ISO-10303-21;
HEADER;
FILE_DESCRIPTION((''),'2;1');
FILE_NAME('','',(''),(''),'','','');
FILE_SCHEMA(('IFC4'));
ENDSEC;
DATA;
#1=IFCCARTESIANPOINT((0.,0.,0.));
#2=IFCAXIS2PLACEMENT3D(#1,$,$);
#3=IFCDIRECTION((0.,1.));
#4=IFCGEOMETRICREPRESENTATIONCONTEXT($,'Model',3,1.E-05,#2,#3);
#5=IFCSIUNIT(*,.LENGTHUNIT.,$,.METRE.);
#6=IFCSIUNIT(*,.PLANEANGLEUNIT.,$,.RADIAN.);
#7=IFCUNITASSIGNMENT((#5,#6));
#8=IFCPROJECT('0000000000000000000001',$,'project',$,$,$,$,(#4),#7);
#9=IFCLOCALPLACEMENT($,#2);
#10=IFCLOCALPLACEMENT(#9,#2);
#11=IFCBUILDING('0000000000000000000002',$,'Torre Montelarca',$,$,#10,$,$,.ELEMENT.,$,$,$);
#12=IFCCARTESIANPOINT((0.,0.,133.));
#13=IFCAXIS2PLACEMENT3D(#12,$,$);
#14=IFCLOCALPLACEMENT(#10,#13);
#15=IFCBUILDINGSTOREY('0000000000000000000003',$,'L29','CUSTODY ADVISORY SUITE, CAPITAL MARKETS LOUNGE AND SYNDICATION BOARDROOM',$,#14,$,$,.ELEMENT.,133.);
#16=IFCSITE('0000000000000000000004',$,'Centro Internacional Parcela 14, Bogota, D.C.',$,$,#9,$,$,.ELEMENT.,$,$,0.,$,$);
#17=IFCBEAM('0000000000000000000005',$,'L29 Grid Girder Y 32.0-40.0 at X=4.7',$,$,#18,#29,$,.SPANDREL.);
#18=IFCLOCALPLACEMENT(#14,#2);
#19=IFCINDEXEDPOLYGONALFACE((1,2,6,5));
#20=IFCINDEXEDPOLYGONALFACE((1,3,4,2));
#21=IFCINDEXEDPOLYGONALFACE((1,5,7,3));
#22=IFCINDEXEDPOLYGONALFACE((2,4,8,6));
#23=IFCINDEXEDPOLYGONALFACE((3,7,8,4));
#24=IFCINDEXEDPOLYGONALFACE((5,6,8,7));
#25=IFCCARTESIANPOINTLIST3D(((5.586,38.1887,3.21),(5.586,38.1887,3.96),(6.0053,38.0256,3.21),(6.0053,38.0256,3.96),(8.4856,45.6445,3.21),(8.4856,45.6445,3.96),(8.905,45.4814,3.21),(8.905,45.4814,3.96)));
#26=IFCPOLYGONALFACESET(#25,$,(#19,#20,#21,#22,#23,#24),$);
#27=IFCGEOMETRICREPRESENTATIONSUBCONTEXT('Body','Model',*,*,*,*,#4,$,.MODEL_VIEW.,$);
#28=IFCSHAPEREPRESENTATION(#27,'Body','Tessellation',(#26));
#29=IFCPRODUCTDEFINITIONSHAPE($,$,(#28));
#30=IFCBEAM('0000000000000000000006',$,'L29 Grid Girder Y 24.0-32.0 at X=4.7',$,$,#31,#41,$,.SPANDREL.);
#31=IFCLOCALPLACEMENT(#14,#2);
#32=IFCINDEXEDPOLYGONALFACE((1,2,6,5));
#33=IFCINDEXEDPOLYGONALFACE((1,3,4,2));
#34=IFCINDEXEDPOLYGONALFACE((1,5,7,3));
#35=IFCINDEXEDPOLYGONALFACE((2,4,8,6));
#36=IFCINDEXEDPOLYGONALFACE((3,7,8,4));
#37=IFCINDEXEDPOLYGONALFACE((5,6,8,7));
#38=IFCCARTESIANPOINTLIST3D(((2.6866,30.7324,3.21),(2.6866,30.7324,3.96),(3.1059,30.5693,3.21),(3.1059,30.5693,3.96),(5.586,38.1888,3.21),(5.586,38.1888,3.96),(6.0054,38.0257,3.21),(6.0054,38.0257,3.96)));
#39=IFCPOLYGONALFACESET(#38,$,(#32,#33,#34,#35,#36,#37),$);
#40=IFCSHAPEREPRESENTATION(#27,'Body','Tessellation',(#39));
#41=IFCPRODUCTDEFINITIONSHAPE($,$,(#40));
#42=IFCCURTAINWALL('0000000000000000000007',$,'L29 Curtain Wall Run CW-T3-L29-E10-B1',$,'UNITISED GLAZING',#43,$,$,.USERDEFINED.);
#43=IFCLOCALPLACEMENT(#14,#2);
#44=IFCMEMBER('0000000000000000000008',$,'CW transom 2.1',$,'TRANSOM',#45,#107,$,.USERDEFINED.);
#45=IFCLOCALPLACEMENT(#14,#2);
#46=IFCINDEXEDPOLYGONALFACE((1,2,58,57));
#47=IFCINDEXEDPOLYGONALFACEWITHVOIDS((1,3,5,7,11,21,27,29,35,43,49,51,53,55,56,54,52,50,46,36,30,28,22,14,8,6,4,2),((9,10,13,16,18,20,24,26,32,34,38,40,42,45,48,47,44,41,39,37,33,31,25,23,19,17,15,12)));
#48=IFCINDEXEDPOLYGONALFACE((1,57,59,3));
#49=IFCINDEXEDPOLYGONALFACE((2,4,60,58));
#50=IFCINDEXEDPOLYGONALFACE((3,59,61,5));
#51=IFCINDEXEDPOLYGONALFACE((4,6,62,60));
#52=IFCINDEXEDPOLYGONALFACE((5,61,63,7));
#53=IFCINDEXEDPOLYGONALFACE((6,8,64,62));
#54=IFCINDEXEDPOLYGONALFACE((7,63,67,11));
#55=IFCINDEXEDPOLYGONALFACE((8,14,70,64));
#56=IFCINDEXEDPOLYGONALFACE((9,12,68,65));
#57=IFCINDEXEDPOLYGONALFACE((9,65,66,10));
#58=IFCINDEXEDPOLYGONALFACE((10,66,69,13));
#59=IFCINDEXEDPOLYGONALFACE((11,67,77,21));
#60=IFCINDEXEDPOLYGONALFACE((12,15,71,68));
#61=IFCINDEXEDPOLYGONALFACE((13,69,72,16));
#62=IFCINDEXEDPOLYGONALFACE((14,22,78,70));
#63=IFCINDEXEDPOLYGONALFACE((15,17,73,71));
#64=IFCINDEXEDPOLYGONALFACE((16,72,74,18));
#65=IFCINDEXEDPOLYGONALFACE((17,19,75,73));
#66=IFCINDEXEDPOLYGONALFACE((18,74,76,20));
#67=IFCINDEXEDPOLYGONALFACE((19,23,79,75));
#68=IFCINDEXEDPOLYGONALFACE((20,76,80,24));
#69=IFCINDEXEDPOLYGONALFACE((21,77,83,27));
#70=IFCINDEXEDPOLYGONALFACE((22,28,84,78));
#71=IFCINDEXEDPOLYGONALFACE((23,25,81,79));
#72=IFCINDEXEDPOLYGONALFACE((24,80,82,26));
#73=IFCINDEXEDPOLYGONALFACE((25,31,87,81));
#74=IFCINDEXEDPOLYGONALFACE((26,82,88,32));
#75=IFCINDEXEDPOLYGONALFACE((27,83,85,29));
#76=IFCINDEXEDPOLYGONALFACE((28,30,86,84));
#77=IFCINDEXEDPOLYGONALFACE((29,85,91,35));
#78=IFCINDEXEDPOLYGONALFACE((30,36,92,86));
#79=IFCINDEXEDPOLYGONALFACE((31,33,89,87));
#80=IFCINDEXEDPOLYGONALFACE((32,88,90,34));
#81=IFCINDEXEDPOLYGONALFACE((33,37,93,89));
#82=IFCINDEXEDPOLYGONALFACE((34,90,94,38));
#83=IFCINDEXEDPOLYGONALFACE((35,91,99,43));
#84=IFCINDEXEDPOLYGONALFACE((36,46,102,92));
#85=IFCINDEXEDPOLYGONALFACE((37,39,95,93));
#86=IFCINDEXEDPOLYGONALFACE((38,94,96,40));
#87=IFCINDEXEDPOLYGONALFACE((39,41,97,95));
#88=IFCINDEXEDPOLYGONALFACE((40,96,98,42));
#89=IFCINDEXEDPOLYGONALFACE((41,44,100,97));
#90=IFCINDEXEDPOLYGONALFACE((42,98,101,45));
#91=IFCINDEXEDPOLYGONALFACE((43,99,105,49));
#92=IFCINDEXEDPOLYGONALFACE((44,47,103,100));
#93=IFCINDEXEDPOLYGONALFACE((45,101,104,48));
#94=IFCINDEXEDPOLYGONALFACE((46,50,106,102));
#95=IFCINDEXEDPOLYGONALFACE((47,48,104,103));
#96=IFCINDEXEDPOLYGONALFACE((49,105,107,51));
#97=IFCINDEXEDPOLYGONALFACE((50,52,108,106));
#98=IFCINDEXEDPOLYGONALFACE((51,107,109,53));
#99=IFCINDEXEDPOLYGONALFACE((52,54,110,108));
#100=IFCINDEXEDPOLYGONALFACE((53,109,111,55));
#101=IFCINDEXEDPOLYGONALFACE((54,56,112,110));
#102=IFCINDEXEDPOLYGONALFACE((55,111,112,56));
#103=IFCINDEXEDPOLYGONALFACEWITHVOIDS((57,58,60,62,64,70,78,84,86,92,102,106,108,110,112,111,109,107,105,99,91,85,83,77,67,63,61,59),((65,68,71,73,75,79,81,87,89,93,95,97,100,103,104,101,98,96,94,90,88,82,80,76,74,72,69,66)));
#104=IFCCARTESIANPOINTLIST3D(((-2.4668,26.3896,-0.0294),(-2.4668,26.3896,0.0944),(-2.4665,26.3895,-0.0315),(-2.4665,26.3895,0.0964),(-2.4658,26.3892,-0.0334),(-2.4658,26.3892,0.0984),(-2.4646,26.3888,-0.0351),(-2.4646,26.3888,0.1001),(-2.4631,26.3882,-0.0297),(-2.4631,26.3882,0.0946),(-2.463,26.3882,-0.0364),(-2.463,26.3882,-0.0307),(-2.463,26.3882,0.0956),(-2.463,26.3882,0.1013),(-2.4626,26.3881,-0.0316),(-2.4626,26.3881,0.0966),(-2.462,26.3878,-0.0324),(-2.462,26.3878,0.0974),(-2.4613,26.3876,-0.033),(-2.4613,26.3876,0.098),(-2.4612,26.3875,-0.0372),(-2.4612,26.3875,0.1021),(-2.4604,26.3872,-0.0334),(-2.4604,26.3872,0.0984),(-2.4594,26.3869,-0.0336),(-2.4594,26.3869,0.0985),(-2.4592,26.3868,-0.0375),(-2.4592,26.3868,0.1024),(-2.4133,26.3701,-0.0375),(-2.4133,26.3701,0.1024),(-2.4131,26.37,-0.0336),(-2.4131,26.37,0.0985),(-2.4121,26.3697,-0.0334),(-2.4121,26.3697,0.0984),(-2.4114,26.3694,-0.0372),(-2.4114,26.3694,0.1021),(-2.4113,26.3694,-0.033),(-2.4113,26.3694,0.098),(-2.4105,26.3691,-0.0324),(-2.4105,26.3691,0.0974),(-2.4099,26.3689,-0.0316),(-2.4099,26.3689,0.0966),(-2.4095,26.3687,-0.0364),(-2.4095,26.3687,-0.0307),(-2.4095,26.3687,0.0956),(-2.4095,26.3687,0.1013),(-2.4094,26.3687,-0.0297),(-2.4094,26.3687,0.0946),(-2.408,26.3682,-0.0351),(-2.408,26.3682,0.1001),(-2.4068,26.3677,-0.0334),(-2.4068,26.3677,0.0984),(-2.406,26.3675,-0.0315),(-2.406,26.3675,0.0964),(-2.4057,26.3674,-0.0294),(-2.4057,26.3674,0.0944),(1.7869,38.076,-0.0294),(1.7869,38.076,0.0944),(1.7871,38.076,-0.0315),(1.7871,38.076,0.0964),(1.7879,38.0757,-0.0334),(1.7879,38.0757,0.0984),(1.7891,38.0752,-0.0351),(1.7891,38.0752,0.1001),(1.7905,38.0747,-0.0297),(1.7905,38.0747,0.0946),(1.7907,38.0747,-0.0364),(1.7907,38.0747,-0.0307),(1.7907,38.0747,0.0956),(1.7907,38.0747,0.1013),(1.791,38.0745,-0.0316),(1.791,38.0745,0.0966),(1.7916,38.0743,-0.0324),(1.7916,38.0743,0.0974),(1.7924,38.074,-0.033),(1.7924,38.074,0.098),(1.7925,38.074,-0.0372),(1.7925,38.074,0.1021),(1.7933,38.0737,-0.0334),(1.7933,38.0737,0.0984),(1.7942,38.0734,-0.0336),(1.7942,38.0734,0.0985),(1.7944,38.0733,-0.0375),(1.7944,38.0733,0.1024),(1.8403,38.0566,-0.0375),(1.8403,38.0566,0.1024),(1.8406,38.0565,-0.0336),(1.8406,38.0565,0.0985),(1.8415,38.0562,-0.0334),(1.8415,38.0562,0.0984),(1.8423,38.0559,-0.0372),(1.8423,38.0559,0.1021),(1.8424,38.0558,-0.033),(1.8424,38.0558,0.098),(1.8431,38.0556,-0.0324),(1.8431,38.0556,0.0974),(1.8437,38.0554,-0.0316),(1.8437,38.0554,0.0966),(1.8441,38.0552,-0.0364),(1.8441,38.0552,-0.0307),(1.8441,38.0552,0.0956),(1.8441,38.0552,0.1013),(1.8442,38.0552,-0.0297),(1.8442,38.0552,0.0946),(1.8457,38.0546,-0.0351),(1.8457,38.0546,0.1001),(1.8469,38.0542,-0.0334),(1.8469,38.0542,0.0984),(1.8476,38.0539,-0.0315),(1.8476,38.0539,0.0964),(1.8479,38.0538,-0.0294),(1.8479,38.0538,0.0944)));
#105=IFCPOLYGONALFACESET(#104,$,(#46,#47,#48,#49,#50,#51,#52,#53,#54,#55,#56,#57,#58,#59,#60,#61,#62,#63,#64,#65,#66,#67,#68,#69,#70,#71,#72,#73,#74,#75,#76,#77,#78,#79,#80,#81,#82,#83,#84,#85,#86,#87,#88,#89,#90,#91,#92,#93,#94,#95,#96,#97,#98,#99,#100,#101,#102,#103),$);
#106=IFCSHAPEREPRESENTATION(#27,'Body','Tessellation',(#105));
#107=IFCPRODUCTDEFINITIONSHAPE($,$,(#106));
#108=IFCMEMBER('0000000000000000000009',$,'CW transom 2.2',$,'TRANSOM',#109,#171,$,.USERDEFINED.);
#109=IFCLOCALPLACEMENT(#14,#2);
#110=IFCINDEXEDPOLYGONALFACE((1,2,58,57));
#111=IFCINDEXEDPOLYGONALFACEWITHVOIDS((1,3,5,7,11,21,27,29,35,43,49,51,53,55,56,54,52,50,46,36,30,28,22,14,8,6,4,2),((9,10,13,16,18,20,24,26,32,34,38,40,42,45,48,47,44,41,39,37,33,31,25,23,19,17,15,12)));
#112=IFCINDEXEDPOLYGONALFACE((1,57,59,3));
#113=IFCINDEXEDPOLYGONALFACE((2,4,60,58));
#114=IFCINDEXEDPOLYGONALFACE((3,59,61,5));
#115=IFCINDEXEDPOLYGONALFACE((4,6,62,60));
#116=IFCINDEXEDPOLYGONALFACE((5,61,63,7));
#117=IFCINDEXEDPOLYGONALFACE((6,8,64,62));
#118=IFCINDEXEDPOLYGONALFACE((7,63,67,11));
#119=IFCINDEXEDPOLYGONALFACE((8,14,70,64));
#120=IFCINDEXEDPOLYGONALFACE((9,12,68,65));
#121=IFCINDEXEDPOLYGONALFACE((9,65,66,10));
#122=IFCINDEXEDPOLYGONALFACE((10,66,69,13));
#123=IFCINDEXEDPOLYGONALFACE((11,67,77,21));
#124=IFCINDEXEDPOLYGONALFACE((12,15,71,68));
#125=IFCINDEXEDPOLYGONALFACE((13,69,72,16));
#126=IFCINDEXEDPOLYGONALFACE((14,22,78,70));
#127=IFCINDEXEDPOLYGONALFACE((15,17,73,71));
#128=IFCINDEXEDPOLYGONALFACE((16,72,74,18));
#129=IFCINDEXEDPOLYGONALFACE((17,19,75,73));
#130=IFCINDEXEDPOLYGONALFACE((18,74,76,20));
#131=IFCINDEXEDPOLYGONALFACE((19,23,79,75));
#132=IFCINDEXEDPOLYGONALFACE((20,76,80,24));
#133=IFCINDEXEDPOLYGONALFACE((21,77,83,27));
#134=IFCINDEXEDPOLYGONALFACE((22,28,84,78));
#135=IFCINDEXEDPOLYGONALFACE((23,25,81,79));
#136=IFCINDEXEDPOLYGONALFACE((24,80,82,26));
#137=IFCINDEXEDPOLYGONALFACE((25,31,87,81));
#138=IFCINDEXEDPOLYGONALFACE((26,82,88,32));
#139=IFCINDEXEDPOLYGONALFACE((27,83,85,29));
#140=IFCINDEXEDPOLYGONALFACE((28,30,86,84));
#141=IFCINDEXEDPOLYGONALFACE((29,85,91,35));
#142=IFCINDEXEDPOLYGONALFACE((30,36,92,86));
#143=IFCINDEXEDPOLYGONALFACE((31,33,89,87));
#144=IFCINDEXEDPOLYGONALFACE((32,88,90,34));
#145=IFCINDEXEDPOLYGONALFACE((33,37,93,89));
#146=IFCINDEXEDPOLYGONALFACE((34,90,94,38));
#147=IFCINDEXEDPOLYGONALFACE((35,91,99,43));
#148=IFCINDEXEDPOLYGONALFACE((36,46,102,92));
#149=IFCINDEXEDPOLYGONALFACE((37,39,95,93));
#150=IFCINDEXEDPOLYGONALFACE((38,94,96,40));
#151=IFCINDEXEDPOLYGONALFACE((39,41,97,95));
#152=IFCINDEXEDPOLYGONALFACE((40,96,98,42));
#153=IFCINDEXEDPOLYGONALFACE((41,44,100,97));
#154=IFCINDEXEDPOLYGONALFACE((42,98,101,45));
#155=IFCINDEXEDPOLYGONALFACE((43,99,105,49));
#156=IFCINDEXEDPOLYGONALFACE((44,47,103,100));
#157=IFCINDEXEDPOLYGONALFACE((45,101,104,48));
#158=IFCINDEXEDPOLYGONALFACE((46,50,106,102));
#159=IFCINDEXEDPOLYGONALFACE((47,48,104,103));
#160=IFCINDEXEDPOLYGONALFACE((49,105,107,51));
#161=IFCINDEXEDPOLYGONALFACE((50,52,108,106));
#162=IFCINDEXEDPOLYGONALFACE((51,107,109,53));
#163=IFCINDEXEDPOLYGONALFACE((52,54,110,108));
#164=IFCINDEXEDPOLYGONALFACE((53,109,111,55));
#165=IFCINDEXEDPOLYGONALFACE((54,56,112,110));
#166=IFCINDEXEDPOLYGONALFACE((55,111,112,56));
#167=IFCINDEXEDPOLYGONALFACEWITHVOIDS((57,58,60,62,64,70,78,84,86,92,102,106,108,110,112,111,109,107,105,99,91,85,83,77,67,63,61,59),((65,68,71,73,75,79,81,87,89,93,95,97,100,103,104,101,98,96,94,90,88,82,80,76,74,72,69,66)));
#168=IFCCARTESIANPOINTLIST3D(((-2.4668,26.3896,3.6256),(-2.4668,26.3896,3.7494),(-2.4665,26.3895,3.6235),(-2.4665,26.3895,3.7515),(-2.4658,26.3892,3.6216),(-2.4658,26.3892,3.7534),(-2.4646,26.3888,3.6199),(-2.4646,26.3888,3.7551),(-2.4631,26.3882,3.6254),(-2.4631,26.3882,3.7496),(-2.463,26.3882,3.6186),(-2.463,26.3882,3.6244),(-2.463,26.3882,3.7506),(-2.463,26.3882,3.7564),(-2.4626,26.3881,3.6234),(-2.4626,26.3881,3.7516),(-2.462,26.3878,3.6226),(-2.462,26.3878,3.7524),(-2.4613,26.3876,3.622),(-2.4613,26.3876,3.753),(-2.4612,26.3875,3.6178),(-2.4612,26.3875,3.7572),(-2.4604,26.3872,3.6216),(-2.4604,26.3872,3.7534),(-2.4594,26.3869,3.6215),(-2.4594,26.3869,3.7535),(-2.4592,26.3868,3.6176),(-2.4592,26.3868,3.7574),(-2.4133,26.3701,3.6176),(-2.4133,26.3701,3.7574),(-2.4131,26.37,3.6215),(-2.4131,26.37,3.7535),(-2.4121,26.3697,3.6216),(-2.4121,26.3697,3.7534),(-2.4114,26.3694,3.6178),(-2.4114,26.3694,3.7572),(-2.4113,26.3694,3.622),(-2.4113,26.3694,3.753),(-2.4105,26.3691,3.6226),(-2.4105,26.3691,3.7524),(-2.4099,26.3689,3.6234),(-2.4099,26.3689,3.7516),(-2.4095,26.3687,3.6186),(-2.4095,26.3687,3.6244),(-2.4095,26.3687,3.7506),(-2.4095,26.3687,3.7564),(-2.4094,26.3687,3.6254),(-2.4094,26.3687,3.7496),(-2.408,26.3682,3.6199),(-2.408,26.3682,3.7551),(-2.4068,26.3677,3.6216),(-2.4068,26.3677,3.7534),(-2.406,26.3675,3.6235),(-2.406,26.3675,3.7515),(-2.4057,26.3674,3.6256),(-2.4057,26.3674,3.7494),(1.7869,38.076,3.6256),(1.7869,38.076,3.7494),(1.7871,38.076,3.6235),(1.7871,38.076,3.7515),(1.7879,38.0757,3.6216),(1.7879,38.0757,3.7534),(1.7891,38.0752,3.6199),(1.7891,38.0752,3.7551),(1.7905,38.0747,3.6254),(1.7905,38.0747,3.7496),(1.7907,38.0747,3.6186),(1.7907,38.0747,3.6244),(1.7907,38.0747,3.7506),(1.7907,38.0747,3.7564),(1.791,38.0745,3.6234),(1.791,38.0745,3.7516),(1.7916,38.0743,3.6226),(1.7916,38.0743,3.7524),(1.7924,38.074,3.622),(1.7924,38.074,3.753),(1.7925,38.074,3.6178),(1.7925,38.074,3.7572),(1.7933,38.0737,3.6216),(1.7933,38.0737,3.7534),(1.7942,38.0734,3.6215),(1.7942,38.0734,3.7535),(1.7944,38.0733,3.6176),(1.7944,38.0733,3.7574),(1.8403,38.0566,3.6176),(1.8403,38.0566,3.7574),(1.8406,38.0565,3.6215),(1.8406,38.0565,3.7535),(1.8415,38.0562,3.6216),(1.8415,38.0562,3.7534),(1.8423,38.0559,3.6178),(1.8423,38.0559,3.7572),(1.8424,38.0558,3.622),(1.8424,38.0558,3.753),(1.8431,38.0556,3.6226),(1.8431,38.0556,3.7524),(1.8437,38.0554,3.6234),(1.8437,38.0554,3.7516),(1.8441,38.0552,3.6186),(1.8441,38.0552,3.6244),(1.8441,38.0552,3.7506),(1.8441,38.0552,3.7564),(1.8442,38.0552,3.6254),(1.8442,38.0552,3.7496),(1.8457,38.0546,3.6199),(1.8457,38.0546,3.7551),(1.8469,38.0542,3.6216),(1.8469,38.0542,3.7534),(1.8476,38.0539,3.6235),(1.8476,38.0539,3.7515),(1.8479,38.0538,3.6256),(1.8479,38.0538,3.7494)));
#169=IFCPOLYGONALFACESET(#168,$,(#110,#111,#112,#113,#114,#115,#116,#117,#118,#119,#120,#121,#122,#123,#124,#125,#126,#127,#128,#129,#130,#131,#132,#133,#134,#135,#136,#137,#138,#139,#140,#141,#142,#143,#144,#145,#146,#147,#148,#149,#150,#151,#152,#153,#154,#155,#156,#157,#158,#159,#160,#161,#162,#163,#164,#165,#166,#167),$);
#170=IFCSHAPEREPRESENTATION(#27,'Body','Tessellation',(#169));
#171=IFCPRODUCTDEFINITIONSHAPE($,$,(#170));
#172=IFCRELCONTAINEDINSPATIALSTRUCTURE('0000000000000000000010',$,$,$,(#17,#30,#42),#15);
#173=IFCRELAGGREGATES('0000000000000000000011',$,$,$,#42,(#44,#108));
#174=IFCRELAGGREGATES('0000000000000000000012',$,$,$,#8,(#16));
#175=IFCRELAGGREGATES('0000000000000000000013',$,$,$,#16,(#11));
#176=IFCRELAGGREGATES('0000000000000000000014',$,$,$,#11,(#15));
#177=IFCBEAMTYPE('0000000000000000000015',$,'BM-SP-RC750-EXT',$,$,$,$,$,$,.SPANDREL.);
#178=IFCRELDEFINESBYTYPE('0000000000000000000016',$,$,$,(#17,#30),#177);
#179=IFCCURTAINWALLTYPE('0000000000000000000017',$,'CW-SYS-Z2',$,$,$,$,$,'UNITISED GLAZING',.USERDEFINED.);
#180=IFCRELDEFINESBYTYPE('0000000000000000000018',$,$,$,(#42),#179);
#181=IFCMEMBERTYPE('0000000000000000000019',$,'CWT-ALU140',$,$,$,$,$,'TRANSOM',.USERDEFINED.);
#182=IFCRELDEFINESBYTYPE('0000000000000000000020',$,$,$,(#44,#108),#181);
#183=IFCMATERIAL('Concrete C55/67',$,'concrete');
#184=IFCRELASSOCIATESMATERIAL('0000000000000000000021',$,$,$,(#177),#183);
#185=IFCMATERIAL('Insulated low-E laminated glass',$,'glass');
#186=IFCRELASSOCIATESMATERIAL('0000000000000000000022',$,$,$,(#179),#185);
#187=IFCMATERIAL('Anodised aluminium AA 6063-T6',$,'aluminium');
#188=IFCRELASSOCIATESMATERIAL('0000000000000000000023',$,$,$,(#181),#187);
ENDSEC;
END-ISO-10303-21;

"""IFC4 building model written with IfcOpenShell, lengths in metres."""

from ifc_helpers import new_model, si_unit, direction, frame, origin, origin_2d, place, context, subcontext, project, spatial, rectangle, hollow_rectangle, extrude, source, transform, mapped, material, material_profile, profile_set, type_object, element, aggregate, save


model = new_model("IFC4")

# Units and contexts
model_context = context("Model", 3, precision=1e-05, world=origin(), true_north=direction((0.0, 1.0)))
body_context = subcontext(model_context, "Body", "Model", "MODEL_VIEW")
ifc_project = project(units=[si_unit("LENGTHUNIT", "METRE"), si_unit("PLANEANGLEUNIT", "RADIAN")], contexts=[model_context])

# Site, building, storey
site_placement = place(None, origin())
site = spatial("IfcSite", under=ifc_project, at=site_placement, Name="Centro Internacional Parcela 14, Bogota, D.C.", CompositionType="ELEMENT", RefElevation=0.0)
building_placement = place(site_placement, origin())
building = spatial("IfcBuilding", under=site, at=building_placement, Name="Torre Montelarca", CompositionType="ELEMENT")
storey_placement = place(building_placement, frame((0.0, 0.0, 133.0)))
storey = spatial("IfcBuildingStorey", under=building, at=storey_placement, Name="L29", Description="CUSTODY ADVISORY SUITE, CAPITAL MARKETS LOUNGE AND SYNDICATION BOARDROOM", CompositionType="ELEMENT", Elevation=133.0)

# Shared definitions
ifc_material_1 = material(Name="Concrete C55/67", Category="concrete")

# Beams
ifc_material_profile_1 = material_profile(ifc_material_1, rectangle(XDim=0.45, YDim=0.75, at=origin_2d()), Name="RCB450X750", Category="concrete")
ifc_profile_set_1 = profile_set([ifc_material_profile_1], Name="Concrete C55/67")
beam_type = type_object("IfcBeamType", Name="BM-SP-RC750-EXT", PredefinedType="SPANDREL", material=ifc_profile_set_1)
shared_shape_1 = source(origin(), body_context, "Body", "SweptSolid", [
    extrude(rectangle(XDim=0.45, YDim=0.75, at=origin_2d()), origin(), (0.0, 0.0, 1.0), 7.9998),
])
beam_1_placement = place(storey_placement, frame((5.7957, 38.1072, 3.585), z_axis=(0.362465, 0.931997, 0.0), x_axis=(-0.931997, 0.362465, 0.0)))
element("IfcBeam", 1, at=beam_1_placement, inside=storey, type_object=beam_type, Name="L29 Grid Girder Y 32.0-40.0 at X=4.7", PredefinedType="SPANDREL", context=body_context, shape_type="MappedRepresentation", body=[
    mapped(shared_shape_1, transform((0.0, 0.0, 0.0), scale=1.0)),
])
shared_shape_2 = source(origin(), body_context, "Body", "SweptSolid", [
    extrude(rectangle(XDim=0.45, YDim=0.75, at=origin_2d()), origin(), (0.0, 0.0, 1.0), 8.0002),
])
beam_2_placement = place(storey_placement, frame((2.8962, 30.6509, 3.585), z_axis=(0.362418, 0.932016, 0.0), x_axis=(-0.932016, 0.362418, 0.0)))
element("IfcBeam", 2, at=beam_2_placement, inside=storey, type_object=beam_type, Name="L29 Grid Girder Y 24.0-32.0 at X=4.7", PredefinedType="SPANDREL", context=body_context, shape_type="MappedRepresentation", body=[
    mapped(shared_shape_2, transform((0.0, 0.0, 0.0), scale=1.0)),
])

# Curtain wall, members
ifc_material_2 = material(Name="Insulated low-E laminated glass", Category="glass")
curtain_wall_type = type_object("IfcCurtainWallType", Name="CW-SYS-Z2", ElementType="UNITISED GLAZING", PredefinedType="USERDEFINED", material=ifc_material_2)
curtain_wall_placement = place(storey_placement, origin())
curtain_wall = element("IfcCurtainWall", 3, at=curtain_wall_placement, inside=storey, type_object=curtain_wall_type, Name="L29 Curtain Wall Run CW-T3-L29-E10-B1", ObjectType="UNITISED GLAZING", PredefinedType="USERDEFINED")
ifc_material_3 = material(Name="Anodised aluminium AA 6063-T6", Category="aluminium")
ifc_material_profile_2 = material_profile(ifc_material_3, hollow_rectangle(XDim=0.0649, YDim=0.1399, WallThickness=0.0039, InnerFilletRadius=0.0039, OuterFilletRadius=0.0081, at=origin_2d()), Name="ALU65X140X4", Category="aluminium")
ifc_profile_set_2 = profile_set([ifc_material_profile_2], Name="Anodised aluminium AA 6063-T6")
member_type_1 = type_object("IfcMemberType", Name="CWT-ALU140", ElementType="TRANSOM", PredefinedType="USERDEFINED", material=ifc_profile_set_2)
shared_shape_3 = source(origin(), body_context, "Body", "SweptSolid", [
    extrude(hollow_rectangle(XDim=0.0649, YDim=0.1399, WallThickness=0.0039, InnerFilletRadius=0.0039, OuterFilletRadius=0.0081, at=origin_2d()), origin(), (0.0, 0.0, 1.0), 12.4365),
])
member_1_placement = place(storey_placement, frame((1.8174, 38.0649, 0.0325), z_axis=(-0.342028, -0.93969, 0.0), x_axis=(0.93969, -0.342028, 0.0)))
member_1 = element("IfcMember", 4, at=member_1_placement, type_object=member_type_1, Name="CW transom 2.1", ObjectType="TRANSOM", PredefinedType="USERDEFINED", context=body_context, shape_type="MappedRepresentation", body=[
    mapped(shared_shape_3, transform((0.0, 0.0, 0.0), scale=1.0)),
])
member_2_placement = place(storey_placement, frame((1.8174, 38.0649, 3.6875), z_axis=(-0.342028, -0.93969, 0.0), x_axis=(0.93969, -0.342028, 0.0)))
member_2 = element("IfcMember", 5, at=member_2_placement, type_object=member_type_1, Name="CW transom 2.2", ObjectType="TRANSOM", PredefinedType="USERDEFINED", context=body_context, shape_type="MappedRepresentation", body=[
    mapped(shared_shape_3, transform((0.0, 0.0, 0.0), scale=1.0)),
])
aggregate(curtain_wall, [member_1, member_2])

save(model, "model.ifc")
